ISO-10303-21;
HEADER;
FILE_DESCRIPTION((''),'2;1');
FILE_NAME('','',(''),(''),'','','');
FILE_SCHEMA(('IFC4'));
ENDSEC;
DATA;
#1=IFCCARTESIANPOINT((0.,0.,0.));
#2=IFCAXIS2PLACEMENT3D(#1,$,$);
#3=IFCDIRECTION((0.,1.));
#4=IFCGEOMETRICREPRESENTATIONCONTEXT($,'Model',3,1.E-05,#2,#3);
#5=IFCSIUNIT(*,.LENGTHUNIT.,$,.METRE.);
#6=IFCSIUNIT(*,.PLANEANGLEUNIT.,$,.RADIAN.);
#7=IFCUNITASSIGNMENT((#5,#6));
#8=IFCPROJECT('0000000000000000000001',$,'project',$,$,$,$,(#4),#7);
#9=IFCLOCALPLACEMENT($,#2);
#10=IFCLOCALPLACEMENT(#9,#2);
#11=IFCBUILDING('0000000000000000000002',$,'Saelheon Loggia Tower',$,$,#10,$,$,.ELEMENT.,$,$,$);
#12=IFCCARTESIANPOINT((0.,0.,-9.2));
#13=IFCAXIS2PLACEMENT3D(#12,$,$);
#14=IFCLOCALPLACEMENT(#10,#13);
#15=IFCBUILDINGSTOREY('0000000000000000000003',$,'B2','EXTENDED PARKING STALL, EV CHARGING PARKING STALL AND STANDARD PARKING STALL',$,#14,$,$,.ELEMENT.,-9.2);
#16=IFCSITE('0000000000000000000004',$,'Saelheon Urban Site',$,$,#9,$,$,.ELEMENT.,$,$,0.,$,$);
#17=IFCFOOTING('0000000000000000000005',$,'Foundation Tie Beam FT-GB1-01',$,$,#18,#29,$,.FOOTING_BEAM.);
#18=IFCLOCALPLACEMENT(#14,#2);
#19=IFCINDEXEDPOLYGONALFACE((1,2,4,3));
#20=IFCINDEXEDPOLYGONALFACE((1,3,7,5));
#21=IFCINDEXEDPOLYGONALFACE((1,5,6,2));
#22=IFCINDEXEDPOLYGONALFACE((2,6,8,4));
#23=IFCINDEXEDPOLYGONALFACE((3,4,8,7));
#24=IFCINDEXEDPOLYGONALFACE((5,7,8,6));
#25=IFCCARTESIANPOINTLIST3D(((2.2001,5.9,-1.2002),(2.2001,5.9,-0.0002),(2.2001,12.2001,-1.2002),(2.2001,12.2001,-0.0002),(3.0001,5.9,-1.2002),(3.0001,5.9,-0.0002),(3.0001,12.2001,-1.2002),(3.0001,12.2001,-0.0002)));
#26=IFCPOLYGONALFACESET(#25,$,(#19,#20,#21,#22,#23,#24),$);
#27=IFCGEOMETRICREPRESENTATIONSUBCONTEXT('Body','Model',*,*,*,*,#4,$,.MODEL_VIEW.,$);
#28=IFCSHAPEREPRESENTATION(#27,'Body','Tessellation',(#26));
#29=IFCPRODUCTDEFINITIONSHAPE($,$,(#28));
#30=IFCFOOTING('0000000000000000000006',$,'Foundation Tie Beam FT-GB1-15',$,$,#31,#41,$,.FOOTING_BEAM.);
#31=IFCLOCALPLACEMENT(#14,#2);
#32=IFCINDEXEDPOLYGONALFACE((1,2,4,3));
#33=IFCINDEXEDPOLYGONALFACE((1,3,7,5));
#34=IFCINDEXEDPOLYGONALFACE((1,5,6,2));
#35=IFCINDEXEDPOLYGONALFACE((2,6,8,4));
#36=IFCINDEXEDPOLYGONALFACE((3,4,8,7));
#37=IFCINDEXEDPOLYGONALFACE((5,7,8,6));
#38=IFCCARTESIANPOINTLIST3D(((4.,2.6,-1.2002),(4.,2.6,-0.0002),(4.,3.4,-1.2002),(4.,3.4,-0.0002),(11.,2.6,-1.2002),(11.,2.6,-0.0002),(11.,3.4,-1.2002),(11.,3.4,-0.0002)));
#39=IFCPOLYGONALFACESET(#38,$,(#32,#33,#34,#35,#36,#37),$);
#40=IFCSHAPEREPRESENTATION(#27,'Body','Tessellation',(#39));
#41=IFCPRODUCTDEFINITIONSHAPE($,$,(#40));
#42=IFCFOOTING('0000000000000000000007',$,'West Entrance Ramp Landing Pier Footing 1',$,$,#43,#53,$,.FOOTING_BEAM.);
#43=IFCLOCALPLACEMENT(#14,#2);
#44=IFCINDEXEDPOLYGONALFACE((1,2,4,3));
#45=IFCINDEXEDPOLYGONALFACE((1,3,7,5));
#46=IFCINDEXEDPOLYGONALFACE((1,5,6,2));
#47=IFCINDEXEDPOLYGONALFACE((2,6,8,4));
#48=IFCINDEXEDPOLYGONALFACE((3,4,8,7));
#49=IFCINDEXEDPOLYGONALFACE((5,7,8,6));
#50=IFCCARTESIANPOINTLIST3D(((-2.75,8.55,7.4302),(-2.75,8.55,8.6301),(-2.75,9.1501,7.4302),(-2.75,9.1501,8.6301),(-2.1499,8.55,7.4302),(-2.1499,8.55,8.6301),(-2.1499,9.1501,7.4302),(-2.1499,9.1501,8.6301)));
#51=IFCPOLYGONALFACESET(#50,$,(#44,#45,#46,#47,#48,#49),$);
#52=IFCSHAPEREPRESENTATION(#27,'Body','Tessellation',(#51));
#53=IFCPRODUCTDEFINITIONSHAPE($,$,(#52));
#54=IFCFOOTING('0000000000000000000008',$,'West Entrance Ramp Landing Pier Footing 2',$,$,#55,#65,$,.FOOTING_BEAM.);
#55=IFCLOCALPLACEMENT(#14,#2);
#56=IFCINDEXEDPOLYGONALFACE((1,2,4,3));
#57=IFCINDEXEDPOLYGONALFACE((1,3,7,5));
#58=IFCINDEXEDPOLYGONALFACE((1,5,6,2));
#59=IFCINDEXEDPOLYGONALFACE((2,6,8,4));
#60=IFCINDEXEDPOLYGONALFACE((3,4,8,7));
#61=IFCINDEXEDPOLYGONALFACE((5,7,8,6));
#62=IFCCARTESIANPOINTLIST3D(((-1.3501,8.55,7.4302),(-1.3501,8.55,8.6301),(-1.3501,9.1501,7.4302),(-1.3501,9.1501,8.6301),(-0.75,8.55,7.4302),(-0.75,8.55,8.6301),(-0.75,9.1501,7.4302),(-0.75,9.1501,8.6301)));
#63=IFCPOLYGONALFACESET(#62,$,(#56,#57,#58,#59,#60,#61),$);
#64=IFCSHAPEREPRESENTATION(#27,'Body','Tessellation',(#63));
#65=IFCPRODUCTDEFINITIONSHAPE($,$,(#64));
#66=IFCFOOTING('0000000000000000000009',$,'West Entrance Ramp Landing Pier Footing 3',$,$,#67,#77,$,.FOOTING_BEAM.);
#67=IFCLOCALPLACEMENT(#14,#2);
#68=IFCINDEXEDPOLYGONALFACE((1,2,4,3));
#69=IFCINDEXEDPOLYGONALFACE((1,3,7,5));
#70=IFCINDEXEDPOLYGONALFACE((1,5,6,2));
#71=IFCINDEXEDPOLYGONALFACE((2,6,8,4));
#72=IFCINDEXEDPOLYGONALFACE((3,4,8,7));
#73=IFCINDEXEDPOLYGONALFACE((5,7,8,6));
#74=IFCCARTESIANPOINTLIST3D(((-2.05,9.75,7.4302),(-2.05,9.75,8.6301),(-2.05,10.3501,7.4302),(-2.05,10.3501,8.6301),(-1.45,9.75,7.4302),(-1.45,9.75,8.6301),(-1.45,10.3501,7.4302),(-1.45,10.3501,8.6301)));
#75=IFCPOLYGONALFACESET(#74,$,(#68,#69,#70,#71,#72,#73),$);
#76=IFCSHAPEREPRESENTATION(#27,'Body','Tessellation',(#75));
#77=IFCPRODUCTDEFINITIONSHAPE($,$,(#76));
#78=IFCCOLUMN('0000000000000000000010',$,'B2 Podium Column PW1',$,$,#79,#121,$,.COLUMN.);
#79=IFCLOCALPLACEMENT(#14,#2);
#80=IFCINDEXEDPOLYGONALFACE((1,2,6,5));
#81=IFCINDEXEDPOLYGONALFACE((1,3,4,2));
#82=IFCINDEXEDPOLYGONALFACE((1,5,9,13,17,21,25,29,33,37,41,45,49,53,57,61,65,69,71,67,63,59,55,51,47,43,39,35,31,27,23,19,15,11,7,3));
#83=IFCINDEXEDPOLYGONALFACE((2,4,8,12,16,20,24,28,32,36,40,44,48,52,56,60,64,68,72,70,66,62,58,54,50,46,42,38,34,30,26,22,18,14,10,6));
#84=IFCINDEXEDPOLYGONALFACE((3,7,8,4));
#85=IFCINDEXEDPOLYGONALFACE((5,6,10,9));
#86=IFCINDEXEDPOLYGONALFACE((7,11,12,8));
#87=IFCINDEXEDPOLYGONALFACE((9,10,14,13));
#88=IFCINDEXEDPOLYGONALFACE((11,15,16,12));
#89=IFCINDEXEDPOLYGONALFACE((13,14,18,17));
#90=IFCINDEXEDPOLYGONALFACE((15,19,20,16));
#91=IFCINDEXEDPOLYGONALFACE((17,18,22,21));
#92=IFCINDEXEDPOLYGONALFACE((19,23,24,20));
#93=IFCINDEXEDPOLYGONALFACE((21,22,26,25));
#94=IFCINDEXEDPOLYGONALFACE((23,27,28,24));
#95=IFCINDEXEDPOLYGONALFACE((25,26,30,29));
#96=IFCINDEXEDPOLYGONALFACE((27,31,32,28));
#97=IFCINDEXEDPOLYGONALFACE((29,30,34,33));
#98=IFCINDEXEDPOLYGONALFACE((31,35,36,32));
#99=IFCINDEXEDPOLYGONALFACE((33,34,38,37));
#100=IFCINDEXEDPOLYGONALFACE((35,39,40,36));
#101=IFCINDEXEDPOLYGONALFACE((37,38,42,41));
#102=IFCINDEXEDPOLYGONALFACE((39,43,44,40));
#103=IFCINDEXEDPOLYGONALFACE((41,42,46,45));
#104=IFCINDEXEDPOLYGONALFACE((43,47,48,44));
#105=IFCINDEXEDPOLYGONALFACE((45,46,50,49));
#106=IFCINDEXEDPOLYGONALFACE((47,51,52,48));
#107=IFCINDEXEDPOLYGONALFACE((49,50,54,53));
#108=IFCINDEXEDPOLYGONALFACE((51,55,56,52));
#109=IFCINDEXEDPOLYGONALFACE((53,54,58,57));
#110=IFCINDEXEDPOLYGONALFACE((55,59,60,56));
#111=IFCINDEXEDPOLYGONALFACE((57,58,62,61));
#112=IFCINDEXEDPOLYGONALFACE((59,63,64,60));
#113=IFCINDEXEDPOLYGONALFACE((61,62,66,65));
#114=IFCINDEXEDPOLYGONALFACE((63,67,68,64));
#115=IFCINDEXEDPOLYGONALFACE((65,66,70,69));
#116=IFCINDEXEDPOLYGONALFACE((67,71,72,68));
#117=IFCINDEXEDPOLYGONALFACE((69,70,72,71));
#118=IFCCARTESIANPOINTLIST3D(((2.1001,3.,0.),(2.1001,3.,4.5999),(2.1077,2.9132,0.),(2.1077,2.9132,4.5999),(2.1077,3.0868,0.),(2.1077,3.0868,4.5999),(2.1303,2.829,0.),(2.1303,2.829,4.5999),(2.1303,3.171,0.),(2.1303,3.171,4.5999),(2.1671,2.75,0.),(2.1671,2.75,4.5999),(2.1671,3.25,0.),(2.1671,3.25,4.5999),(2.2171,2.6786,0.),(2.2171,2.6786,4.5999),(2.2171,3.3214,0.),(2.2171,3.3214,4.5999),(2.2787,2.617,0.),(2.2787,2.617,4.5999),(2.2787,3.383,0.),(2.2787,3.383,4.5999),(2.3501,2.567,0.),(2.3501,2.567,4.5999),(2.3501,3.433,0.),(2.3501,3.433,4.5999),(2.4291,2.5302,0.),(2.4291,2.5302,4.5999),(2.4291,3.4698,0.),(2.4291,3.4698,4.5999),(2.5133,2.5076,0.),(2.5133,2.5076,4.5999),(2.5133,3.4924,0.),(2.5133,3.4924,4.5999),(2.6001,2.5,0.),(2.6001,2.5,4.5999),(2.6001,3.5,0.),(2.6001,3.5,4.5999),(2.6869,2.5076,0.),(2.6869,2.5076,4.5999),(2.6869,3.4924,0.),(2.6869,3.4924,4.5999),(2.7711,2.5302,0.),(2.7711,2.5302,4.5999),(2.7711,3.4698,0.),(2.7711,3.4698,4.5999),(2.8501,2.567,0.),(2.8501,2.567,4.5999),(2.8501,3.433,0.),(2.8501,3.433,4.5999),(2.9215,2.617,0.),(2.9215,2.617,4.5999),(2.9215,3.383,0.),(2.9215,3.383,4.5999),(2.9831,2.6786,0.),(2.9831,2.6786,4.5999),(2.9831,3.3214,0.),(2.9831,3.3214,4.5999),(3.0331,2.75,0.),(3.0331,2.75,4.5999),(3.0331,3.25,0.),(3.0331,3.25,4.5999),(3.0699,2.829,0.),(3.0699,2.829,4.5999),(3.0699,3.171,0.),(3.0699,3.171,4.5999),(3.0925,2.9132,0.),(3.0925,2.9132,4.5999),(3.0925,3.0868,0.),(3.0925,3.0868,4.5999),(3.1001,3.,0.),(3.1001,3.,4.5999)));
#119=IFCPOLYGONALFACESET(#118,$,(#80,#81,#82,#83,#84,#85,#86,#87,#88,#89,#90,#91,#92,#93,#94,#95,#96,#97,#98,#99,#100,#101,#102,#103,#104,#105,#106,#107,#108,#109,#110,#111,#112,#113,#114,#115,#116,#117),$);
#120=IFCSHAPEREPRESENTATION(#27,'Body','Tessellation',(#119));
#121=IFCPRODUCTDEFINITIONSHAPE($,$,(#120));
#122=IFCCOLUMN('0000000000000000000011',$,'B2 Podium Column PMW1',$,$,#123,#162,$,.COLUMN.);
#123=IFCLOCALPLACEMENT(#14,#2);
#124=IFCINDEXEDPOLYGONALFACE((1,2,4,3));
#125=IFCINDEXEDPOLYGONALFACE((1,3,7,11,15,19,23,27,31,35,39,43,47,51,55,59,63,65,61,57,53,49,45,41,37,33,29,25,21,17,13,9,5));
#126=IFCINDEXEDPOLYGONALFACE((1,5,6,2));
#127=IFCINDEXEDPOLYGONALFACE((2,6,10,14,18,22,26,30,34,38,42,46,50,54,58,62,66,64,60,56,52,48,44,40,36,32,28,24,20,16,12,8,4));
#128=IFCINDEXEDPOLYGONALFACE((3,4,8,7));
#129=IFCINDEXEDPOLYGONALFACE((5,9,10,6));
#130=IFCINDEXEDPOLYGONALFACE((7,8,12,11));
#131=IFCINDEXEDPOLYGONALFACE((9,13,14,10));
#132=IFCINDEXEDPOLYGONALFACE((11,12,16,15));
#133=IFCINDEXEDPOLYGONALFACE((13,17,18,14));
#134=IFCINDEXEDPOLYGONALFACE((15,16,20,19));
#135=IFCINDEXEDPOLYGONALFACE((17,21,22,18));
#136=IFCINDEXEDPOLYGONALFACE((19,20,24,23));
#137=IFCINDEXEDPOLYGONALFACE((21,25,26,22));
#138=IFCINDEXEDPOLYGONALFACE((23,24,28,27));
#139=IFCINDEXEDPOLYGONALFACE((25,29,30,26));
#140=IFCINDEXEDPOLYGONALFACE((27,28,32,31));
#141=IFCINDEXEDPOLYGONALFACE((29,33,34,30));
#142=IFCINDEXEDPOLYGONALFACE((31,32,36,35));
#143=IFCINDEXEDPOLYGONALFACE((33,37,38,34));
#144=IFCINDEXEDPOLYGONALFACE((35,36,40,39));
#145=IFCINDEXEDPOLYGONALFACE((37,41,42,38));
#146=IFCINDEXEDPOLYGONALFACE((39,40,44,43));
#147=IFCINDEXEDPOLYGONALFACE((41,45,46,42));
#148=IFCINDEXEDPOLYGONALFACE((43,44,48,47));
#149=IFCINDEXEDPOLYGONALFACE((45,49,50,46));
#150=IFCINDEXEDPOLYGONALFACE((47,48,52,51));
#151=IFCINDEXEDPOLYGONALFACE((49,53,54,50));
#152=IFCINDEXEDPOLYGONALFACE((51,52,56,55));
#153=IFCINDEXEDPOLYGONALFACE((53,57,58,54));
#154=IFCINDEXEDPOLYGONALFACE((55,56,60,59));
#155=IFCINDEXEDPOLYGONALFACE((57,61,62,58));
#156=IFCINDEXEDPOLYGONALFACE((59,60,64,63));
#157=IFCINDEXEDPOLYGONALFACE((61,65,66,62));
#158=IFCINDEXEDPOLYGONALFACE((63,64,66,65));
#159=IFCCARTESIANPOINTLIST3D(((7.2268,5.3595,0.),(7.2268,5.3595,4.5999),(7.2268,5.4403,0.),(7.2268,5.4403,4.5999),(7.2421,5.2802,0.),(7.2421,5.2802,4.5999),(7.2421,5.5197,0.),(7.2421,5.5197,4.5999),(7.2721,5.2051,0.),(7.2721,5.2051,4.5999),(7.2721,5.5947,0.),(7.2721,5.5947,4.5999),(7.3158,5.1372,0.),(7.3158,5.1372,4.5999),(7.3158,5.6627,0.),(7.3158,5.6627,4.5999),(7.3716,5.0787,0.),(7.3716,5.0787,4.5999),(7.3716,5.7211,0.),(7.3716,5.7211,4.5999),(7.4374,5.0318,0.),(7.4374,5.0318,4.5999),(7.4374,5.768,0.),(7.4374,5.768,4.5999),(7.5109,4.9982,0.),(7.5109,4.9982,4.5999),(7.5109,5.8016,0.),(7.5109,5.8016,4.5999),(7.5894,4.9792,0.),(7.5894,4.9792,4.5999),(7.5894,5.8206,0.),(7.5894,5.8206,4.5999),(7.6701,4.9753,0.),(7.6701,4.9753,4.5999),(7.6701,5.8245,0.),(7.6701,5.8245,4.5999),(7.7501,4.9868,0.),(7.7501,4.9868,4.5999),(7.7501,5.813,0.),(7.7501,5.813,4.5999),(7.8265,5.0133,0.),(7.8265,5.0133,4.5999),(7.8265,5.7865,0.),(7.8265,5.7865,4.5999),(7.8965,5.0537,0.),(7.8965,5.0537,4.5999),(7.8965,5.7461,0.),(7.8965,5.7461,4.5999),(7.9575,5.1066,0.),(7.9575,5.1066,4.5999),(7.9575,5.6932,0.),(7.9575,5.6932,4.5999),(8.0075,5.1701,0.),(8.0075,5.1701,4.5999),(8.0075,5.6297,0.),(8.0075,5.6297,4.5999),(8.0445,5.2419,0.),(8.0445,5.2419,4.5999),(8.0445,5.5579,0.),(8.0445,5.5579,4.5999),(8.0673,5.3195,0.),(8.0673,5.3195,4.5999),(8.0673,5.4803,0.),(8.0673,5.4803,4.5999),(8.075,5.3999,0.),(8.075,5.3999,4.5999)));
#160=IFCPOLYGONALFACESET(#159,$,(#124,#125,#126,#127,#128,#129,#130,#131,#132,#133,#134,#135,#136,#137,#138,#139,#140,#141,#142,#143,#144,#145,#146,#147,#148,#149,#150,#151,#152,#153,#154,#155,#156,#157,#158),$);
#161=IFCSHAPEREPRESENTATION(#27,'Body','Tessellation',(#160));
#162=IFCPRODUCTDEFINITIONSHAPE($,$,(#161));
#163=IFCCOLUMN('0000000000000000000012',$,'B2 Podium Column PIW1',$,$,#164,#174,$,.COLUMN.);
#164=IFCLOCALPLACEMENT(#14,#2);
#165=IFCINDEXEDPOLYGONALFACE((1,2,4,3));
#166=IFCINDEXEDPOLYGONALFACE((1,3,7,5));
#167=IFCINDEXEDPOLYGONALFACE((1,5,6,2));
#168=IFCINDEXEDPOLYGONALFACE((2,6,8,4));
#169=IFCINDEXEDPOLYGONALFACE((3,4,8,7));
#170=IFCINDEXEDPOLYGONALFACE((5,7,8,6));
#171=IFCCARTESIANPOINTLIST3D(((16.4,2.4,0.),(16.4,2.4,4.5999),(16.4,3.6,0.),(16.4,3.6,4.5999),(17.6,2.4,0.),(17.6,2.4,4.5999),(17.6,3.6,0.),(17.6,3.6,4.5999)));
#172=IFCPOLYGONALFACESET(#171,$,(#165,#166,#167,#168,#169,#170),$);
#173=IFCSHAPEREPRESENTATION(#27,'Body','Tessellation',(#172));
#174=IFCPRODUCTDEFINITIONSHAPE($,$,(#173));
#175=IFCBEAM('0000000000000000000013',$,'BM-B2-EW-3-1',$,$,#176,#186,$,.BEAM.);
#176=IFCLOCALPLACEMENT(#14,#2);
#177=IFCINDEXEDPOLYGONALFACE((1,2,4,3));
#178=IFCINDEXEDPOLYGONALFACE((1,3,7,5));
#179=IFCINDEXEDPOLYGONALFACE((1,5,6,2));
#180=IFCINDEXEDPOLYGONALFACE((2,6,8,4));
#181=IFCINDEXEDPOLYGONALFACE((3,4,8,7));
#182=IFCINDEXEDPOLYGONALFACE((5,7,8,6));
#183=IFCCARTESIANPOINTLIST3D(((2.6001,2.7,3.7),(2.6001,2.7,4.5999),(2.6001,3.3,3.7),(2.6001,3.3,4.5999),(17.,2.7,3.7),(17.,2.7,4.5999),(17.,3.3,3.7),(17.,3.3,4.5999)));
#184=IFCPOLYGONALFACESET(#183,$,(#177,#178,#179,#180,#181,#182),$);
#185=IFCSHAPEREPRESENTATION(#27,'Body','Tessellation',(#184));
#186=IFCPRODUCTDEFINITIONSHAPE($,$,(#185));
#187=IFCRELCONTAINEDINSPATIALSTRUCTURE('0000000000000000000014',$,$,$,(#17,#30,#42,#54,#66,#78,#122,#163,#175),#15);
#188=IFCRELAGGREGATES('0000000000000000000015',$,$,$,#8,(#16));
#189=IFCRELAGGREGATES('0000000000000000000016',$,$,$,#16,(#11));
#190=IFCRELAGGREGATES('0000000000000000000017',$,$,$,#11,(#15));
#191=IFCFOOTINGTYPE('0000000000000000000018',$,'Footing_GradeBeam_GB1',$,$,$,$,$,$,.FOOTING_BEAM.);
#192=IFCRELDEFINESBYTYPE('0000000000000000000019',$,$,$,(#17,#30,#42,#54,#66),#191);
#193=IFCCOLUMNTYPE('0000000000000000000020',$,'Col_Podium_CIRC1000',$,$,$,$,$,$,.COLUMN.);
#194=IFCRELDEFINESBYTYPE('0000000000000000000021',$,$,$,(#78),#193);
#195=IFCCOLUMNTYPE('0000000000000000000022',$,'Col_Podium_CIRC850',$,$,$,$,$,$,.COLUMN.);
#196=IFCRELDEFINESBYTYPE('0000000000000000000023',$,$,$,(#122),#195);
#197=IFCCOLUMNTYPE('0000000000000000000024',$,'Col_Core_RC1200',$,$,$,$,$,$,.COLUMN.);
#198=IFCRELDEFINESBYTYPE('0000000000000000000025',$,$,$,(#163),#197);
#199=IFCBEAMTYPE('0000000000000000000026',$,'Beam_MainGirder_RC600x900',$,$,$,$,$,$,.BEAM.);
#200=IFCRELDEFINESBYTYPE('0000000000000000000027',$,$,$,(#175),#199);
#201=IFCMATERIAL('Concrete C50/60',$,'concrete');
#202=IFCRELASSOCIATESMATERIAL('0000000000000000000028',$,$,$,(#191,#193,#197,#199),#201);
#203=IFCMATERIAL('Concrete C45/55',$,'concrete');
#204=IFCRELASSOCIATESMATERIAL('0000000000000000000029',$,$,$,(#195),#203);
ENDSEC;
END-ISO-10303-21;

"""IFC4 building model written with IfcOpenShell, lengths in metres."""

from ifc_helpers import new_model, si_unit, direction, frame, origin, origin_2d, place, context, subcontext, project, spatial, rectangle, circle, extrude, source, transform, mapped, material, material_profile, profile_set, type_object, element, save


model = new_model("IFC4")

# Units and contexts
model_context = context("Model", 3, precision=1e-05, world=origin(), true_north=direction((0.0, 1.0)))
body_context = subcontext(model_context, "Body", "Model", "MODEL_VIEW")
ifc_project = project(units=[si_unit("LENGTHUNIT", "METRE"), si_unit("PLANEANGLEUNIT", "RADIAN")], contexts=[model_context])

# Site, building, storey
site_placement = place(None, origin())
site = spatial("IfcSite", under=ifc_project, at=site_placement, Name="Saelheon Urban Site", CompositionType="ELEMENT", RefElevation=0.0)
building_placement = place(site_placement, origin())
building = spatial("IfcBuilding", under=site, at=building_placement, Name="Saelheon Loggia Tower", CompositionType="ELEMENT")
storey_placement = place(building_placement, frame((0.0, 0.0, -9.2)))
storey = spatial("IfcBuildingStorey", under=building, at=storey_placement, Name="B2", Description="EXTENDED PARKING STALL, EV CHARGING PARKING STALL AND STANDARD PARKING STALL", CompositionType="ELEMENT", Elevation=-9.2)

# Shared definitions
ifc_material_1 = material(Name="Concrete C50/60", Category="concrete")

# Footings
footing_type_1 = type_object("IfcFootingType", Name="Footing_GradeBeam_GB1", PredefinedType="FOOTING_BEAM", material=ifc_material_1)
shared_shape_1 = source(origin(), body_context, "Body", "SweptSolid", [
    extrude(rectangle(XDim=0.8, YDim=6.3, at=origin_2d()), origin(), (0.0, 0.0, 1.0), 1.2),
])
footing_1_placement = place(storey_placement, frame((2.6001, 9.05, -1.2002), z_axis=(0.0, 0.0, 1.0), x_axis=(1.0, 0.0, 0.0)))
element("IfcFooting", 1, at=footing_1_placement, inside=storey, type_object=footing_type_1, Name="Foundation Tie Beam FT-GB1-01", PredefinedType="FOOTING_BEAM", context=body_context, shape_type="MappedRepresentation", body=[
    mapped(shared_shape_1, transform((0.0, 0.0, 0.0), scale=1.0)),
])
shared_shape_2 = source(origin(), body_context, "Body", "SweptSolid", [
    extrude(rectangle(XDim=7.0, YDim=0.8, at=origin_2d()), origin(), (0.0, 0.0, 1.0), 1.2),
])
footing_2_placement = place(storey_placement, frame((7.5, 3.0, -1.2002), z_axis=(0.0, 0.0, 1.0), x_axis=(1.0, 0.0, 0.0)))
element("IfcFooting", 2, at=footing_2_placement, inside=storey, type_object=footing_type_1, Name="Foundation Tie Beam FT-GB1-15", PredefinedType="FOOTING_BEAM", context=body_context, shape_type="MappedRepresentation", body=[
    mapped(shared_shape_2, transform((0.0, 0.0, 0.0), scale=1.0)),
])
shared_shape_3 = source(origin(), body_context, "Body", "SweptSolid", [
    extrude(rectangle(XDim=0.6001, YDim=0.6001, at=origin_2d()), origin(), (0.0, 0.0, 1.0), 1.2),
])
for number, where, z_axis, x_axis, name in (
    (3, (-2.45, 8.8501, 7.4302), (0.0, 0.0, 1.0), (1.0, 0.0, 0.0), "West Entrance Ramp Landing Pier Footing 1"),
    (4, (-1.05, 8.8501, 7.4302), (0.0, 0.0, 1.0), (1.0, 0.0, 0.0), "West Entrance Ramp Landing Pier Footing 2"),
    (5, (-1.75, 10.05, 7.4302), (0.0, 0.0, 1.0), (1.0, 0.0, 0.0), "West Entrance Ramp Landing Pier Footing 3"),
):
    element("IfcFooting", number, at=place(storey_placement, frame(where, z_axis=z_axis, x_axis=x_axis)), inside=storey, type_object=footing_type_1, Name=name, PredefinedType="FOOTING_BEAM", context=body_context, shape_type="MappedRepresentation", body=[
        mapped(shared_shape_3, transform((0.0, 0.0, 0.0), scale=1.0)),
    ])

# Columns
ifc_material_profile_1 = material_profile(ifc_material_1, circle(Radius=0.5, at=origin_2d()), Name="CIRC-1000")
ifc_profile_set_1 = profile_set([ifc_material_profile_1], Name="Concrete C50/60")
column_type_1 = type_object("IfcColumnType", Name="Col_Podium_CIRC1000", PredefinedType="COLUMN", material=ifc_profile_set_1)
shared_shape_4 = source(origin(), body_context, "Body", "SweptSolid", [
    extrude(circle(Radius=0.5, at=origin_2d()), origin(), (0.0, 0.0, 1.0), 4.5999),
])
column_1_placement = place(storey_placement, frame((2.6001, 3.0, 0.0), z_axis=(0.0, 0.0, 1.0), x_axis=(1.0, 0.0, 0.0)))
element("IfcColumn", 6, at=column_1_placement, inside=storey, type_object=column_type_1, Name="B2 Podium Column PW1", PredefinedType="COLUMN", context=body_context, shape_type="MappedRepresentation", body=[
    mapped(shared_shape_4, transform((0.0, 0.0, 0.0), scale=1.0)),
])
ifc_material_2 = material(Name="Concrete C45/55", Category="concrete")
ifc_material_profile_2 = material_profile(ifc_material_2, circle(Radius=0.425, at=origin_2d()), Name="CIRC-850")
ifc_profile_set_2 = profile_set([ifc_material_profile_2], Name="Concrete C45/55")
column_type_2 = type_object("IfcColumnType", Name="Col_Podium_CIRC850", PredefinedType="COLUMN", material=ifc_profile_set_2)
shared_shape_5 = source(origin(), body_context, "Body", "SweptSolid", [
    extrude(circle(Radius=0.425, at=origin_2d()), origin(), (0.0, 0.0, 1.0), 4.5999),
])
column_2_placement = place(storey_placement, frame((7.6499, 5.3999, 0.0), z_axis=(0.0, 0.0, 1.0), x_axis=(1.0, 0.0, 0.0)))
element("IfcColumn", 7, at=column_2_placement, inside=storey, type_object=column_type_2, Name="B2 Podium Column PMW1", PredefinedType="COLUMN", context=body_context, shape_type="MappedRepresentation", body=[
    mapped(shared_shape_5, transform((0.0, 0.0, 0.0), scale=1.0)),
])
ifc_material_profile_3 = material_profile(ifc_material_1, rectangle(XDim=1.2, YDim=1.2, at=origin_2d()), Name="RC-1200x1200")
ifc_profile_set_3 = profile_set([ifc_material_profile_3], Name="Concrete C50/60")
column_type_3 = type_object("IfcColumnType", Name="Col_Core_RC1200", PredefinedType="COLUMN", material=ifc_profile_set_3)
shared_shape_6 = source(origin(), body_context, "Body", "SweptSolid", [
    extrude(rectangle(XDim=1.2, YDim=1.2, at=origin_2d()), origin(), (0.0, 0.0, 1.0), 4.5999),
])
column_3_placement = place(storey_placement, frame((17.0, 3.0, 0.0), z_axis=(0.0, 0.0, 1.0), x_axis=(1.0, 0.0, 0.0)))
element("IfcColumn", 8, at=column_3_placement, inside=storey, type_object=column_type_3, Name="B2 Podium Column PIW1", PredefinedType="COLUMN", context=body_context, shape_type="MappedRepresentation", body=[
    mapped(shared_shape_6, transform((0.0, 0.0, 0.0), scale=1.0)),
])

# Beam
ifc_material_profile_4 = material_profile(ifc_material_1, rectangle(XDim=0.6001, YDim=0.8999, at=origin_2d()), Name="RC-600x900")
ifc_profile_set_4 = profile_set([ifc_material_profile_4], Name="Concrete C50/60")
beam_type_1 = type_object("IfcBeamType", Name="Beam_MainGirder_RC600x900", PredefinedType="BEAM", material=ifc_profile_set_4)
shared_shape_7 = source(origin(), body_context, "Body", "SweptSolid", [
    extrude(rectangle(XDim=0.6001, YDim=0.8999, at=origin_2d()), origin(), (0.0, 0.0, 1.0), 14.3999),
])
beam_1_placement = place(storey_placement, frame((2.6001, 3.0, 4.1499), z_axis=(1.0, 0.0, 0.0), x_axis=(0.0, 1.0, 0.0)))
element("IfcBeam", 9, at=beam_1_placement, inside=storey, type_object=beam_type_1, Name="BM-B2-EW-3-1", PredefinedType="BEAM", context=body_context, shape_type="MappedRepresentation", body=[
    mapped(shared_shape_7, transform((0.0, 0.0, 0.0), scale=1.0)),
])

save(model, "model.ifc")
